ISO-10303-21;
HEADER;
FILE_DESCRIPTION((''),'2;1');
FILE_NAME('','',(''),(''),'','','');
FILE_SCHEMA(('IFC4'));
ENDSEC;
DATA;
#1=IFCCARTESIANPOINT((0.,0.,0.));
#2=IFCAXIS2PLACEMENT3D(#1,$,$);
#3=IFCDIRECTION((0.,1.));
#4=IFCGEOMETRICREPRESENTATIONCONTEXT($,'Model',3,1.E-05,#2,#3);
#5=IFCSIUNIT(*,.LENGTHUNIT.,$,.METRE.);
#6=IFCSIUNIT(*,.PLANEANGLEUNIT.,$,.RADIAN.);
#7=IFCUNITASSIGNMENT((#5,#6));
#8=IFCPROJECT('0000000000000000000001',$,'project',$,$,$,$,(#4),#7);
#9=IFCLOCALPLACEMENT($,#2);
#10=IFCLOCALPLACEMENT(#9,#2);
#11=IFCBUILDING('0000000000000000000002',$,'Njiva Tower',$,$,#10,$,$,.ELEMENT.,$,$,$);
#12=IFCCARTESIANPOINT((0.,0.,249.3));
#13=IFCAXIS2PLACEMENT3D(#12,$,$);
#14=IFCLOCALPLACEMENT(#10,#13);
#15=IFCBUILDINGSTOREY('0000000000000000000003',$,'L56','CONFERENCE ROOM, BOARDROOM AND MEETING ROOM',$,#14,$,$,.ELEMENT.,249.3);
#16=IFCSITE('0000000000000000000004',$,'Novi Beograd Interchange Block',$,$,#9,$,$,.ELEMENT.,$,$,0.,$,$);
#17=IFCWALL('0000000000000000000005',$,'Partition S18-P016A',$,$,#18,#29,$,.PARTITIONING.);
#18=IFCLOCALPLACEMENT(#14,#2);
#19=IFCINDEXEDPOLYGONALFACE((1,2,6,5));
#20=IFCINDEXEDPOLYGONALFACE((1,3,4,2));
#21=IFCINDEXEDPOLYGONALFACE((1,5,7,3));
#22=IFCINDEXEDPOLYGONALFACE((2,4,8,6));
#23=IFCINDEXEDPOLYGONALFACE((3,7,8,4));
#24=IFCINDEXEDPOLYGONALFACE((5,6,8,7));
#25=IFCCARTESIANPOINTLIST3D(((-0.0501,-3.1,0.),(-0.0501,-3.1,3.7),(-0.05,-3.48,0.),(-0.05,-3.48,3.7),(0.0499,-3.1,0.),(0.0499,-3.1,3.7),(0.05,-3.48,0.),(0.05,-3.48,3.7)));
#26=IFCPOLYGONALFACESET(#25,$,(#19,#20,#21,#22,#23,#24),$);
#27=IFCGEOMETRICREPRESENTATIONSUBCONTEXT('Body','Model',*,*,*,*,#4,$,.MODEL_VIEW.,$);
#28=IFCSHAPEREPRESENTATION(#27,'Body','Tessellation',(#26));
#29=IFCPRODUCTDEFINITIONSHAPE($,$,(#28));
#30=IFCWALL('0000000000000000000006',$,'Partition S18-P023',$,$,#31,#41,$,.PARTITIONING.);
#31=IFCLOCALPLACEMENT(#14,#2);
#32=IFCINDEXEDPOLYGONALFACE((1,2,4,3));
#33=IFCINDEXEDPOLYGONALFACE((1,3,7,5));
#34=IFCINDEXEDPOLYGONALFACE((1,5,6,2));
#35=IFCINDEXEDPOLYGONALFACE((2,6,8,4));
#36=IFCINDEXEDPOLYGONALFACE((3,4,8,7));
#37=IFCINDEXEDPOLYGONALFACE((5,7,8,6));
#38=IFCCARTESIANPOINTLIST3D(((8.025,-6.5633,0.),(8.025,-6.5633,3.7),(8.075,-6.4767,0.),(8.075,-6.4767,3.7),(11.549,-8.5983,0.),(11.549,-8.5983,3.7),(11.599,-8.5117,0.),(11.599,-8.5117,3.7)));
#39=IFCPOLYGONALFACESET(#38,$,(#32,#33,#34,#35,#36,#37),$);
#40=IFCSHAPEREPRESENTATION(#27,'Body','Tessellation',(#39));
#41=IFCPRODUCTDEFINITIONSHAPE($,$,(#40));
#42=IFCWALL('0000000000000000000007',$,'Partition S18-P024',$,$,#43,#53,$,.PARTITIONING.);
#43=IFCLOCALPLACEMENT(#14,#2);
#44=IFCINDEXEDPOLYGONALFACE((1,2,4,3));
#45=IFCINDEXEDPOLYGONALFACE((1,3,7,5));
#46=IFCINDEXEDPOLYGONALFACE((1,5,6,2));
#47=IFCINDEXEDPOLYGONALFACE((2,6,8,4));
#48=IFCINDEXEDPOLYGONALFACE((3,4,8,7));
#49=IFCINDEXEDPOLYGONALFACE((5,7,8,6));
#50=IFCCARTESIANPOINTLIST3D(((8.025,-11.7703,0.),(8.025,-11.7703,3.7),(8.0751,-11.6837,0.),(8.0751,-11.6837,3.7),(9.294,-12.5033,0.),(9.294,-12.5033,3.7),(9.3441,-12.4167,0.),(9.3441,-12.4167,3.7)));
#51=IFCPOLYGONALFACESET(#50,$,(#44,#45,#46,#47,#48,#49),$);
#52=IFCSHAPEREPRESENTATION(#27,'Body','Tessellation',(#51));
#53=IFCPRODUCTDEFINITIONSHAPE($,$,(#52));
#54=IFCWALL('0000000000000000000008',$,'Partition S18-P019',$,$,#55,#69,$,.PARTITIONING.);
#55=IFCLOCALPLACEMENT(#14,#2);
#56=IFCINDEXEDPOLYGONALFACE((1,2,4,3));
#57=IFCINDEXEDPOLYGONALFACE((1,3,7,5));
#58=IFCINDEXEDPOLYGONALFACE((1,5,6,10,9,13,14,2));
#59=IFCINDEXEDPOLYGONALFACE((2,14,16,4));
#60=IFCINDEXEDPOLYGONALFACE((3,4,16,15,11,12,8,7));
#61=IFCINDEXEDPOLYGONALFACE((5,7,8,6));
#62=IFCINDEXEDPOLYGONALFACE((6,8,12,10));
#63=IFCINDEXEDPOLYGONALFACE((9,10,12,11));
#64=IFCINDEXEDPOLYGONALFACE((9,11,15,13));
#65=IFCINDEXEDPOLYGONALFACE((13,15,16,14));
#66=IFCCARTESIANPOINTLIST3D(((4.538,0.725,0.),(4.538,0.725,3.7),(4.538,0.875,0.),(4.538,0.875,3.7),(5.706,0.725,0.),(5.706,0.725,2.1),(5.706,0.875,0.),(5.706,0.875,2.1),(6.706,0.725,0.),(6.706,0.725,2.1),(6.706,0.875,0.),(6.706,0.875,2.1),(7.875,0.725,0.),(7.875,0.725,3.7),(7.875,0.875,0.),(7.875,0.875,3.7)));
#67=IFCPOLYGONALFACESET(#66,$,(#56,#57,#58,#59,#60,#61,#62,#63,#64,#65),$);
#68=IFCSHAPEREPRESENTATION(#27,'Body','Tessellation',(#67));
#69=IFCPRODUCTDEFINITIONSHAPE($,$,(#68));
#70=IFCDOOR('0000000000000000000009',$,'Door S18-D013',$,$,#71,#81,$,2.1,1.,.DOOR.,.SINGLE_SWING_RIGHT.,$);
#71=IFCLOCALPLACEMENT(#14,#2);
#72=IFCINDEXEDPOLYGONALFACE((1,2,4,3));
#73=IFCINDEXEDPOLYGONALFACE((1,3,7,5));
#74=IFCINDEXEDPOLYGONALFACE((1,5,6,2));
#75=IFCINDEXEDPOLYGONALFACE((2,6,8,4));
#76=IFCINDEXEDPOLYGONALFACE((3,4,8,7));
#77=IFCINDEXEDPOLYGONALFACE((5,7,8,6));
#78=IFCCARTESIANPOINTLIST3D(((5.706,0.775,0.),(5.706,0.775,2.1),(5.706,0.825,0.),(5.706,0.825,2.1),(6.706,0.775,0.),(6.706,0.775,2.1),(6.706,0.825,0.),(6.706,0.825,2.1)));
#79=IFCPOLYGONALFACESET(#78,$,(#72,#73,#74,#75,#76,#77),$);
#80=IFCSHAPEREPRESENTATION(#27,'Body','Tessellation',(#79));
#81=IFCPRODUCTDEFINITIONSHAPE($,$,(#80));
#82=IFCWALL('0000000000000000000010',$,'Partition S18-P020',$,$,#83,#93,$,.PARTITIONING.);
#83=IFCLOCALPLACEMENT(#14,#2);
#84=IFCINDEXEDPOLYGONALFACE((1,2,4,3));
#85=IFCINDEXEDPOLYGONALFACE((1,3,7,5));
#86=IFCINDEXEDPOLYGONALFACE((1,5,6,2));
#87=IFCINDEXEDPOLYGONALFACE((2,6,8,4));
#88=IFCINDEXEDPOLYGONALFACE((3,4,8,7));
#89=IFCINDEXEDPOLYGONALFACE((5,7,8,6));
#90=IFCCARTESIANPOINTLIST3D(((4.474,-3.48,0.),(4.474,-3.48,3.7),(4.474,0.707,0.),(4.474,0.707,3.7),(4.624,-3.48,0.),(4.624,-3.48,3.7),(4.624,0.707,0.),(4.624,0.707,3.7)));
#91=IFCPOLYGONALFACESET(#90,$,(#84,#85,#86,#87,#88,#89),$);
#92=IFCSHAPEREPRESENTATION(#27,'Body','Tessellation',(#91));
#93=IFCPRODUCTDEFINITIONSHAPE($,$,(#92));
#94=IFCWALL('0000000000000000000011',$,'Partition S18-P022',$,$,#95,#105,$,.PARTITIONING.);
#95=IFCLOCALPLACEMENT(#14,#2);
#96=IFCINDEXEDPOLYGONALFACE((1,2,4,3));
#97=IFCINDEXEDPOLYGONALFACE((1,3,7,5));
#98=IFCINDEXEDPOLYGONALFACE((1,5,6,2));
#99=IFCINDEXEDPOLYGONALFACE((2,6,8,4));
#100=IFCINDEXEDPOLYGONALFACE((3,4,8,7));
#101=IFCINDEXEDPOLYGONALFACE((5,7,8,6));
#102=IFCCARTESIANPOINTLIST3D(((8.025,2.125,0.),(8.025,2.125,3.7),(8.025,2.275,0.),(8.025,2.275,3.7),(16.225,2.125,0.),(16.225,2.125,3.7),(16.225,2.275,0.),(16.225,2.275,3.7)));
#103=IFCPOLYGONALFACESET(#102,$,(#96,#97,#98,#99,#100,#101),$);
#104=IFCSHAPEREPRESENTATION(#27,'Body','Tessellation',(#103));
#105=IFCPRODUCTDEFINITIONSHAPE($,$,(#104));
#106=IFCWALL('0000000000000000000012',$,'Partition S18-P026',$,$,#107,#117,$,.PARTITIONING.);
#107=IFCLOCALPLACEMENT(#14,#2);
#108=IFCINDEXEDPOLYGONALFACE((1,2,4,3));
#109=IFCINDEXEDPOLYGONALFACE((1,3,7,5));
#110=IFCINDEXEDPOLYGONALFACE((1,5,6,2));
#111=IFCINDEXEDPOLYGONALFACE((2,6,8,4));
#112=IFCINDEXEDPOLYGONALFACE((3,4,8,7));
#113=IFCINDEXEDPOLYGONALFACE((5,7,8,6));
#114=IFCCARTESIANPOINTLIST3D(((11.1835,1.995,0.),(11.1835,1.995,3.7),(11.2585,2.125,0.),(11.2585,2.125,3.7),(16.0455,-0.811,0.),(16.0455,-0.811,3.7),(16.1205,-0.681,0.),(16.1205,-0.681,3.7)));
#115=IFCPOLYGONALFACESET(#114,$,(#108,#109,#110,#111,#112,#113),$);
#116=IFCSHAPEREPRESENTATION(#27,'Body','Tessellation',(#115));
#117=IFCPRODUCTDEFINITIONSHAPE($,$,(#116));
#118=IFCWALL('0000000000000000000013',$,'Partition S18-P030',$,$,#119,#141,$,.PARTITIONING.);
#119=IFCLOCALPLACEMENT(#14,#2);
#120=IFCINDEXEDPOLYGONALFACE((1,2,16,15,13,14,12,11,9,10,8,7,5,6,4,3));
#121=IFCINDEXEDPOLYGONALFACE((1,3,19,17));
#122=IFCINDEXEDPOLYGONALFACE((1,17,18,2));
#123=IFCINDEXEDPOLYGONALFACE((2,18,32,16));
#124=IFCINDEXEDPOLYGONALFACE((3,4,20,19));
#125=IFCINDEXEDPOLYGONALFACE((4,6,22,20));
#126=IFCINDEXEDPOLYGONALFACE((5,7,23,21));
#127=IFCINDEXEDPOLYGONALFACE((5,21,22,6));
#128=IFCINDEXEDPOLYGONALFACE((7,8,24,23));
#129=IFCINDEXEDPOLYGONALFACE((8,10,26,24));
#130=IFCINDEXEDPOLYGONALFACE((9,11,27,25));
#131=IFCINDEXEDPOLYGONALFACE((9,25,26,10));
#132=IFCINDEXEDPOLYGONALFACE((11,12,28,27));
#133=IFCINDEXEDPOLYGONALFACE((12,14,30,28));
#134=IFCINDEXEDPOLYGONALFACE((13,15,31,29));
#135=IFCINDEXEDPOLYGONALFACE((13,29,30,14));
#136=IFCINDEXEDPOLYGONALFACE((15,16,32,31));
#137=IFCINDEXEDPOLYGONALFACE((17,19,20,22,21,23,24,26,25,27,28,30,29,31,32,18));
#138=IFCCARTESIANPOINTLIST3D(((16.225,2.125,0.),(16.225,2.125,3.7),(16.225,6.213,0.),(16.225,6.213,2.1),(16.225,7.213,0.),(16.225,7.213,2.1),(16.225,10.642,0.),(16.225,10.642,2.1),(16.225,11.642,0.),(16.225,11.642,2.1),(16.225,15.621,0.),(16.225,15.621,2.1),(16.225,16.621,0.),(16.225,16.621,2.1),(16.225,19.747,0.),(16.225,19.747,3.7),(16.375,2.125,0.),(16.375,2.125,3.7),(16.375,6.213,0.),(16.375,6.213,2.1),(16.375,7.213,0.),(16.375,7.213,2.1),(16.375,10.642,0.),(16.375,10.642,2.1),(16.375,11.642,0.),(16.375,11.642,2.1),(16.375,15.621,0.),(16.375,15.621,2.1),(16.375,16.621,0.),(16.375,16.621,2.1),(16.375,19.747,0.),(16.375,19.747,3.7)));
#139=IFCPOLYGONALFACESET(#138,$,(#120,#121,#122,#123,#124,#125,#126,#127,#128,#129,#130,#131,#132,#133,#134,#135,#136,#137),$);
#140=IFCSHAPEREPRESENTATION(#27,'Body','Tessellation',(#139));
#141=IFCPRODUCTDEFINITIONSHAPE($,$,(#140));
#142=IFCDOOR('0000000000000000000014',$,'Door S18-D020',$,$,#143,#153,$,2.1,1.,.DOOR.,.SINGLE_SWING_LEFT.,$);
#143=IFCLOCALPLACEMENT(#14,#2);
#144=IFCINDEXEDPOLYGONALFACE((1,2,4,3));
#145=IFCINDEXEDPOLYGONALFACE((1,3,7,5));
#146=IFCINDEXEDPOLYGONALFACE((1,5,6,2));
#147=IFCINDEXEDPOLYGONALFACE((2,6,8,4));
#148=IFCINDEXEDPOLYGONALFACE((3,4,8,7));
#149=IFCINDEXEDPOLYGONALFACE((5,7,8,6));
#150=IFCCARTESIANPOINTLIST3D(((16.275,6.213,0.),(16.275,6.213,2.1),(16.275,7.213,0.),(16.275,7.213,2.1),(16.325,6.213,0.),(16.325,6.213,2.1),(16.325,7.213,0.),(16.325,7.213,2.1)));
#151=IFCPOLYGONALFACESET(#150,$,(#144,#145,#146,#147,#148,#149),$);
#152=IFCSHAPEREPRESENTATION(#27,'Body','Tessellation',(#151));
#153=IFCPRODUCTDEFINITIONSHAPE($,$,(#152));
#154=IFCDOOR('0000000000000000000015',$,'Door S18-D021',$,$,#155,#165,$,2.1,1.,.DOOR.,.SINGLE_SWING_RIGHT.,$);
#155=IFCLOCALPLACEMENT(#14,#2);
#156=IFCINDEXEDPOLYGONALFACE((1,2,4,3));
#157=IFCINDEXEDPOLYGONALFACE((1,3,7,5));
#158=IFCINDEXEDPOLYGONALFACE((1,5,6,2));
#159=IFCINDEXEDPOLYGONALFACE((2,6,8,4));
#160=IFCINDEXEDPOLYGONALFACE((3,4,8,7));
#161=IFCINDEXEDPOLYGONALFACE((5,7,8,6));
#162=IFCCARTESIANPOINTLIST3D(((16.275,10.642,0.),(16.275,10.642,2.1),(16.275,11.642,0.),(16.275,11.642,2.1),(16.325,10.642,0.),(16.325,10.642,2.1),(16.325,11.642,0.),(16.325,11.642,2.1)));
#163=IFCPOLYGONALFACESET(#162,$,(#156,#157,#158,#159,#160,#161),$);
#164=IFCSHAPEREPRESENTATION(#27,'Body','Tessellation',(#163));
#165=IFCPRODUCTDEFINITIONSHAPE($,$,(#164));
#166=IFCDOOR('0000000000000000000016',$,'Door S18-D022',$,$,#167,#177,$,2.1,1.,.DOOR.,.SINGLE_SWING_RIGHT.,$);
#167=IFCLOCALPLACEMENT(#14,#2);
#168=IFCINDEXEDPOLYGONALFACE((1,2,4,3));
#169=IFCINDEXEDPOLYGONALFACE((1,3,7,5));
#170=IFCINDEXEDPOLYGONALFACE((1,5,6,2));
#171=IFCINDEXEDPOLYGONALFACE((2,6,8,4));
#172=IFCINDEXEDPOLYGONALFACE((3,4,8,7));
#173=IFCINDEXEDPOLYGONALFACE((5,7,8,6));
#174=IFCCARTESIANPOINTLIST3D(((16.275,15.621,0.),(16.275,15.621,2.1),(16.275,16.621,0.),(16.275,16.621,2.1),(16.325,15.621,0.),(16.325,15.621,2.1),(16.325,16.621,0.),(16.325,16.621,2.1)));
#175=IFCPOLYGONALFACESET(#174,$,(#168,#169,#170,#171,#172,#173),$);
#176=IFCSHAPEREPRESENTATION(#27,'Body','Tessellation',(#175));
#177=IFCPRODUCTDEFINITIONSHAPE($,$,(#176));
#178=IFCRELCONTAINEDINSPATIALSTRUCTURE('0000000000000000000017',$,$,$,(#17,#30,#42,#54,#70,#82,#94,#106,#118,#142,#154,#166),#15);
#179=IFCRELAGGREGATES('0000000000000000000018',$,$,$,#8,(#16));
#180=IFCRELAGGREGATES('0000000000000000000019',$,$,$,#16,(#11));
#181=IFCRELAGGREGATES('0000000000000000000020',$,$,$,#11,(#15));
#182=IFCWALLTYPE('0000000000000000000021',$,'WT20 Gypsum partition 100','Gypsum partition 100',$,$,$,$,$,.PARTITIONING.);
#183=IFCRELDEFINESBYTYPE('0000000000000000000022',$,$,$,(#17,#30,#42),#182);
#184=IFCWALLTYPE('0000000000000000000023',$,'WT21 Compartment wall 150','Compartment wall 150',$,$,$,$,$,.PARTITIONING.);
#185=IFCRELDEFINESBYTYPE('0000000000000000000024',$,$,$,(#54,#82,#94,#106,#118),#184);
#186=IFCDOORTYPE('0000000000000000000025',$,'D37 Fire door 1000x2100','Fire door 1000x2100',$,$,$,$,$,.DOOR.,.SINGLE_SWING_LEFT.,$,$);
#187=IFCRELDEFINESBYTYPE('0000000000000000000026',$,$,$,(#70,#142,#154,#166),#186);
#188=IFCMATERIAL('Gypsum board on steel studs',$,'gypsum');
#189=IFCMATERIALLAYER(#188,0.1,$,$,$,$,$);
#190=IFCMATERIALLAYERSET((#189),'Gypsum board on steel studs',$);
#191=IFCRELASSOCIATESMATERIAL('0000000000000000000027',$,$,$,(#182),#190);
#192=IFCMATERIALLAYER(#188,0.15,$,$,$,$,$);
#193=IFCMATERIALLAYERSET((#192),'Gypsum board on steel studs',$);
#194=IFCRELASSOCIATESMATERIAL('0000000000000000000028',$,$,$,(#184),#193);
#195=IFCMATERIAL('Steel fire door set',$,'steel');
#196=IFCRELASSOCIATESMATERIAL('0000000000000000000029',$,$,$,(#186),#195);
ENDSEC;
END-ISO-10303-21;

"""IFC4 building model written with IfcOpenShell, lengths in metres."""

from ifc_helpers import new_model, si_unit, direction, frame, frame_2d, origin, place, context, subcontext, project, spatial, rectangle, extrude, material, layer, layer_set, type_object, element, fill, save


model = new_model("IFC4")

# Units and contexts
model_context = context("Model", 3, precision=1e-05, world=origin(), true_north=direction((0.0, 1.0)))
body_context = subcontext(model_context, "Body", "Model", "MODEL_VIEW")
ifc_project = project(units=[si_unit("LENGTHUNIT", "METRE"), si_unit("PLANEANGLEUNIT", "RADIAN")], contexts=[model_context])

# Site, building, storey
site_placement = place(None, origin())
site = spatial("IfcSite", under=ifc_project, at=site_placement, Name="Novi Beograd Interchange Block", CompositionType="ELEMENT", RefElevation=0.0)
building_placement = place(site_placement, origin())
building = spatial("IfcBuilding", under=site, at=building_placement, Name="Njiva Tower", CompositionType="ELEMENT")
storey_placement = place(building_placement, frame((0.0, 0.0, 249.3)))
storey = spatial("IfcBuildingStorey", under=building, at=storey_placement, Name="L56", Description="CONFERENCE ROOM, BOARDROOM AND MEETING ROOM", CompositionType="ELEMENT", Elevation=249.3)

# Walls
ifc_material_1 = material(Name="Gypsum board on steel studs", Category="gypsum")
ifc_layer_1 = layer(ifc_material_1, 0.1)
ifc_layer_set_1 = layer_set([ifc_layer_1], Name="Gypsum board on steel studs")
wall_type_1 = type_object("IfcWallType", Name="WT20 Gypsum partition 100", Description="Gypsum partition 100", PredefinedType="PARTITIONING", material=ifc_layer_set_1)
wall_1_placement = place(storey_placement, frame((-0.0001, -3.1, 0.0), z_axis=(0.0, 0.0, 1.0), x_axis=(0.000263, -1.0, 0.0)))
element("IfcWall", 1, at=wall_1_placement, inside=storey, type_object=wall_type_1, Name="Partition S18-P016A", PredefinedType="PARTITIONING", context=body_context, shape_type="SweptSolid", body=[
    extrude(rectangle(XDim=0.38, YDim=0.1, at=frame_2d((0.19, 0.0))), origin(), (0.0, 0.0, 1.0), 3.7),
])
wall_2_placement = place(storey_placement, frame((8.05, -6.52, 0.0), z_axis=(0.0, 0.0, 1.0), x_axis=(0.865981, -0.500077, 0.0)))
element("IfcWall", 2, at=wall_2_placement, inside=storey, type_object=wall_type_1, Name="Partition S18-P023", PredefinedType="PARTITIONING", context=body_context, shape_type="SweptSolid", body=[
    extrude(rectangle(XDim=4.0694, YDim=0.1, at=frame_2d((2.0347, 0.0))), origin(), (0.0, 0.0, 1.0), 3.7),
])
wall_3_placement = place(storey_placement, frame((8.05, -11.727, 0.0), z_axis=(0.0, 0.0, 1.0), x_axis=(0.865924, -0.500175, 0.0)))
element("IfcWall", 3, at=wall_3_placement, inside=storey, type_object=wall_type_1, Name="Partition S18-P024", PredefinedType="PARTITIONING", context=body_context, shape_type="SweptSolid", body=[
    extrude(rectangle(XDim=1.4655, YDim=0.1, at=frame_2d((0.7328, 0.0))), origin(), (0.0, 0.0, 1.0), 3.7),
])

# Wall, opening, door
ifc_layer_2 = layer(ifc_material_1, 0.15)
ifc_layer_set_2 = layer_set([ifc_layer_2], Name="Gypsum board on steel studs")
wall_type_2 = type_object("IfcWallType", Name="WT21 Compartment wall 150", Description="Compartment wall 150", PredefinedType="PARTITIONING", material=ifc_layer_set_2)
wall_4_placement = place(storey_placement, frame((4.538, 0.8, 0.0), z_axis=(0.0, 0.0, 1.0), x_axis=(1.0, 0.0, 0.0)))
wall_4 = element("IfcWall", 4, at=wall_4_placement, inside=storey, type_object=wall_type_2, Name="Partition S18-P019", PredefinedType="PARTITIONING", context=body_context, shape_type="SweptSolid", body=[
    extrude(rectangle(XDim=3.337, YDim=0.15, at=frame_2d((1.6685, 0.0))), origin(), (0.0, 0.0, 1.0), 3.7),
])
opening_1_placement = place(wall_4_placement, frame((1.168, 0.0, 0.0)))
opening_1 = element("IfcOpeningElement", 5, at=opening_1_placement, cuts=wall_4, PredefinedType="OPENING", context=body_context, shape_type="SweptSolid", body=[
    extrude(rectangle(XDim=1.0, YDim=2.1, at=frame_2d((0.5, 1.05))), frame((0.0, 0.085, 0.0), z_axis=(0.0, -1.0, 0.0), x_axis=(1.0, 0.0, 0.0)), (0.0, 0.0, 1.0), 0.17),
])
ifc_material_2 = material(Name="Steel fire door set", Category="steel")
door_type = type_object("IfcDoorType", Name="D37 Fire door 1000x2100", Description="Fire door 1000x2100", OperationType="SINGLE_SWING_LEFT", PredefinedType="DOOR", material=ifc_material_2)
door_1_placement = place(opening_1_placement, origin())
door_1 = element("IfcDoor", 6, at=door_1_placement, inside=storey, type_object=door_type, Name="Door S18-D013", OperationType="SINGLE_SWING_RIGHT", OverallHeight=2.1, OverallWidth=1.0, PredefinedType="DOOR", context=body_context, shape_type="SweptSolid", body=[
    extrude(rectangle(XDim=1.0, YDim=2.1, at=frame_2d((0.5, 1.05))), frame((0.0, 0.025, 0.0), z_axis=(0.0, -1.0, 0.0), x_axis=(1.0, 0.0, 0.0)), (0.0, 0.0, 1.0), 0.05),
])
fill(opening_1, door_1)

# Walls
wall_5_placement = place(storey_placement, frame((4.549, -3.48, 0.0), z_axis=(0.0, 0.0, 1.0), x_axis=(0.0, 1.0, 0.0)))
element("IfcWall", 7, at=wall_5_placement, inside=storey, type_object=wall_type_2, Name="Partition S18-P020", PredefinedType="PARTITIONING", context=body_context, shape_type="SweptSolid", body=[
    extrude(rectangle(XDim=4.187, YDim=0.15, at=frame_2d((2.0935, 0.0))), origin(), (0.0, 0.0, 1.0), 3.7),
])
wall_6_placement = place(storey_placement, frame((8.025, 2.2, 0.0), z_axis=(0.0, 0.0, 1.0), x_axis=(1.0, 0.0, 0.0)))
element("IfcWall", 8, at=wall_6_placement, inside=storey, type_object=wall_type_2, Name="Partition S18-P022", PredefinedType="PARTITIONING", context=body_context, shape_type="SweptSolid", body=[
    extrude(rectangle(XDim=8.2, YDim=0.15, at=frame_2d((4.1, 0.0))), origin(), (0.0, 0.0, 1.0), 3.7),
])
wall_7_placement = place(storey_placement, frame((11.221, 2.06, 0.0), z_axis=(0.0, 0.0, 1.0), x_axis=(0.866108, -0.499856, 0.0)))
element("IfcWall", 9, at=wall_7_placement, inside=storey, type_object=wall_type_2, Name="Partition S18-P026", PredefinedType="PARTITIONING", context=body_context, shape_type="SweptSolid", body=[
    extrude(rectangle(XDim=5.6136, YDim=0.15, at=frame_2d((2.8068, 0.0))), origin(), (0.0, 0.0, 1.0), 3.7),
])

# Wall, openings, doors
wall_8_placement = place(storey_placement, frame((16.3, 2.125, 0.0), z_axis=(0.0, 0.0, 1.0), x_axis=(0.0, 1.0, 0.0)))
wall_8 = element("IfcWall", 10, at=wall_8_placement, inside=storey, type_object=wall_type_2, Name="Partition S18-P030", PredefinedType="PARTITIONING", context=body_context, shape_type="SweptSolid", body=[
    extrude(rectangle(XDim=17.622, YDim=0.15, at=frame_2d((8.811, 0.0))), origin(), (0.0, 0.0, 1.0), 3.7),
])
opening_2_placement = place(wall_8_placement, frame((4.088, 0.0, 0.0)))
opening_2 = element("IfcOpeningElement", 11, at=opening_2_placement, cuts=wall_8, PredefinedType="OPENING", context=body_context, shape_type="SweptSolid", body=[
    extrude(rectangle(XDim=1.0, YDim=2.1, at=frame_2d((0.5, 1.05))), frame((0.0, 0.085, 0.0), z_axis=(0.0, -1.0, 0.0), x_axis=(1.0, 0.0, 0.0)), (0.0, 0.0, 1.0), 0.17),
])
opening_3_placement = place(wall_8_placement, frame((8.517, 0.0, 0.0)))
opening_3 = element("IfcOpeningElement", 12, at=opening_3_placement, cuts=wall_8, PredefinedType="OPENING", context=body_context, shape_type="SweptSolid", body=[
    extrude(rectangle(XDim=1.0, YDim=2.1, at=frame_2d((0.5, 1.05))), frame((0.0, 0.085, 0.0), z_axis=(0.0, -1.0, 0.0), x_axis=(1.0, 0.0, 0.0)), (0.0, 0.0, 1.0), 0.17),
])
opening_4_placement = place(wall_8_placement, frame((13.496, 0.0, 0.0)))
opening_4 = element("IfcOpeningElement", 13, at=opening_4_placement, cuts=wall_8, PredefinedType="OPENING", context=body_context, shape_type="SweptSolid", body=[
    extrude(rectangle(XDim=1.0, YDim=2.1, at=frame_2d((0.5, 1.05))), frame((0.0, 0.085, 0.0), z_axis=(0.0, -1.0, 0.0), x_axis=(1.0, 0.0, 0.0)), (0.0, 0.0, 1.0), 0.17),
])
door_2_placement = place(opening_2_placement, origin())
door_2 = element("IfcDoor", 14, at=door_2_placement, inside=storey, type_object=door_type, Name="Door S18-D020", OperationType="SINGLE_SWING_LEFT", OverallHeight=2.1, OverallWidth=1.0, PredefinedType="DOOR", context=body_context, shape_type="SweptSolid", body=[
    extrude(rectangle(XDim=1.0, YDim=2.1, at=frame_2d((0.5, 1.05))), frame((0.0, 0.025, 0.0), z_axis=(0.0, -1.0, 0.0), x_axis=(1.0, 0.0, 0.0)), (0.0, 0.0, 1.0), 0.05),
])
fill(opening_2, door_2)
door_3_placement = place(opening_3_placement, origin())
door_3 = element("IfcDoor", 15, at=door_3_placement, inside=storey, type_object=door_type, Name="Door S18-D021", OperationType="SINGLE_SWING_RIGHT", OverallHeight=2.1, OverallWidth=1.0, PredefinedType="DOOR", context=body_context, shape_type="SweptSolid", body=[
    extrude(rectangle(XDim=1.0, YDim=2.1, at=frame_2d((0.5, 1.05))), frame((0.0, 0.025, 0.0), z_axis=(0.0, -1.0, 0.0), x_axis=(1.0, 0.0, 0.0)), (0.0, 0.0, 1.0), 0.05),
])
fill(opening_3, door_3)
door_4_placement = place(opening_4_placement, origin())
door_4 = element("IfcDoor", 16, at=door_4_placement, inside=storey, type_object=door_type, Name="Door S18-D022", OperationType="SINGLE_SWING_RIGHT", OverallHeight=2.1, OverallWidth=1.0, PredefinedType="DOOR", context=body_context, shape_type="SweptSolid", body=[
    extrude(rectangle(XDim=1.0, YDim=2.1, at=frame_2d((0.5, 1.05))), frame((0.0, 0.025, 0.0), z_axis=(0.0, -1.0, 0.0), x_axis=(1.0, 0.0, 0.0)), (0.0, 0.0, 1.0), 0.05),
])
fill(opening_4, door_4)

save(model, "model.ifc")
